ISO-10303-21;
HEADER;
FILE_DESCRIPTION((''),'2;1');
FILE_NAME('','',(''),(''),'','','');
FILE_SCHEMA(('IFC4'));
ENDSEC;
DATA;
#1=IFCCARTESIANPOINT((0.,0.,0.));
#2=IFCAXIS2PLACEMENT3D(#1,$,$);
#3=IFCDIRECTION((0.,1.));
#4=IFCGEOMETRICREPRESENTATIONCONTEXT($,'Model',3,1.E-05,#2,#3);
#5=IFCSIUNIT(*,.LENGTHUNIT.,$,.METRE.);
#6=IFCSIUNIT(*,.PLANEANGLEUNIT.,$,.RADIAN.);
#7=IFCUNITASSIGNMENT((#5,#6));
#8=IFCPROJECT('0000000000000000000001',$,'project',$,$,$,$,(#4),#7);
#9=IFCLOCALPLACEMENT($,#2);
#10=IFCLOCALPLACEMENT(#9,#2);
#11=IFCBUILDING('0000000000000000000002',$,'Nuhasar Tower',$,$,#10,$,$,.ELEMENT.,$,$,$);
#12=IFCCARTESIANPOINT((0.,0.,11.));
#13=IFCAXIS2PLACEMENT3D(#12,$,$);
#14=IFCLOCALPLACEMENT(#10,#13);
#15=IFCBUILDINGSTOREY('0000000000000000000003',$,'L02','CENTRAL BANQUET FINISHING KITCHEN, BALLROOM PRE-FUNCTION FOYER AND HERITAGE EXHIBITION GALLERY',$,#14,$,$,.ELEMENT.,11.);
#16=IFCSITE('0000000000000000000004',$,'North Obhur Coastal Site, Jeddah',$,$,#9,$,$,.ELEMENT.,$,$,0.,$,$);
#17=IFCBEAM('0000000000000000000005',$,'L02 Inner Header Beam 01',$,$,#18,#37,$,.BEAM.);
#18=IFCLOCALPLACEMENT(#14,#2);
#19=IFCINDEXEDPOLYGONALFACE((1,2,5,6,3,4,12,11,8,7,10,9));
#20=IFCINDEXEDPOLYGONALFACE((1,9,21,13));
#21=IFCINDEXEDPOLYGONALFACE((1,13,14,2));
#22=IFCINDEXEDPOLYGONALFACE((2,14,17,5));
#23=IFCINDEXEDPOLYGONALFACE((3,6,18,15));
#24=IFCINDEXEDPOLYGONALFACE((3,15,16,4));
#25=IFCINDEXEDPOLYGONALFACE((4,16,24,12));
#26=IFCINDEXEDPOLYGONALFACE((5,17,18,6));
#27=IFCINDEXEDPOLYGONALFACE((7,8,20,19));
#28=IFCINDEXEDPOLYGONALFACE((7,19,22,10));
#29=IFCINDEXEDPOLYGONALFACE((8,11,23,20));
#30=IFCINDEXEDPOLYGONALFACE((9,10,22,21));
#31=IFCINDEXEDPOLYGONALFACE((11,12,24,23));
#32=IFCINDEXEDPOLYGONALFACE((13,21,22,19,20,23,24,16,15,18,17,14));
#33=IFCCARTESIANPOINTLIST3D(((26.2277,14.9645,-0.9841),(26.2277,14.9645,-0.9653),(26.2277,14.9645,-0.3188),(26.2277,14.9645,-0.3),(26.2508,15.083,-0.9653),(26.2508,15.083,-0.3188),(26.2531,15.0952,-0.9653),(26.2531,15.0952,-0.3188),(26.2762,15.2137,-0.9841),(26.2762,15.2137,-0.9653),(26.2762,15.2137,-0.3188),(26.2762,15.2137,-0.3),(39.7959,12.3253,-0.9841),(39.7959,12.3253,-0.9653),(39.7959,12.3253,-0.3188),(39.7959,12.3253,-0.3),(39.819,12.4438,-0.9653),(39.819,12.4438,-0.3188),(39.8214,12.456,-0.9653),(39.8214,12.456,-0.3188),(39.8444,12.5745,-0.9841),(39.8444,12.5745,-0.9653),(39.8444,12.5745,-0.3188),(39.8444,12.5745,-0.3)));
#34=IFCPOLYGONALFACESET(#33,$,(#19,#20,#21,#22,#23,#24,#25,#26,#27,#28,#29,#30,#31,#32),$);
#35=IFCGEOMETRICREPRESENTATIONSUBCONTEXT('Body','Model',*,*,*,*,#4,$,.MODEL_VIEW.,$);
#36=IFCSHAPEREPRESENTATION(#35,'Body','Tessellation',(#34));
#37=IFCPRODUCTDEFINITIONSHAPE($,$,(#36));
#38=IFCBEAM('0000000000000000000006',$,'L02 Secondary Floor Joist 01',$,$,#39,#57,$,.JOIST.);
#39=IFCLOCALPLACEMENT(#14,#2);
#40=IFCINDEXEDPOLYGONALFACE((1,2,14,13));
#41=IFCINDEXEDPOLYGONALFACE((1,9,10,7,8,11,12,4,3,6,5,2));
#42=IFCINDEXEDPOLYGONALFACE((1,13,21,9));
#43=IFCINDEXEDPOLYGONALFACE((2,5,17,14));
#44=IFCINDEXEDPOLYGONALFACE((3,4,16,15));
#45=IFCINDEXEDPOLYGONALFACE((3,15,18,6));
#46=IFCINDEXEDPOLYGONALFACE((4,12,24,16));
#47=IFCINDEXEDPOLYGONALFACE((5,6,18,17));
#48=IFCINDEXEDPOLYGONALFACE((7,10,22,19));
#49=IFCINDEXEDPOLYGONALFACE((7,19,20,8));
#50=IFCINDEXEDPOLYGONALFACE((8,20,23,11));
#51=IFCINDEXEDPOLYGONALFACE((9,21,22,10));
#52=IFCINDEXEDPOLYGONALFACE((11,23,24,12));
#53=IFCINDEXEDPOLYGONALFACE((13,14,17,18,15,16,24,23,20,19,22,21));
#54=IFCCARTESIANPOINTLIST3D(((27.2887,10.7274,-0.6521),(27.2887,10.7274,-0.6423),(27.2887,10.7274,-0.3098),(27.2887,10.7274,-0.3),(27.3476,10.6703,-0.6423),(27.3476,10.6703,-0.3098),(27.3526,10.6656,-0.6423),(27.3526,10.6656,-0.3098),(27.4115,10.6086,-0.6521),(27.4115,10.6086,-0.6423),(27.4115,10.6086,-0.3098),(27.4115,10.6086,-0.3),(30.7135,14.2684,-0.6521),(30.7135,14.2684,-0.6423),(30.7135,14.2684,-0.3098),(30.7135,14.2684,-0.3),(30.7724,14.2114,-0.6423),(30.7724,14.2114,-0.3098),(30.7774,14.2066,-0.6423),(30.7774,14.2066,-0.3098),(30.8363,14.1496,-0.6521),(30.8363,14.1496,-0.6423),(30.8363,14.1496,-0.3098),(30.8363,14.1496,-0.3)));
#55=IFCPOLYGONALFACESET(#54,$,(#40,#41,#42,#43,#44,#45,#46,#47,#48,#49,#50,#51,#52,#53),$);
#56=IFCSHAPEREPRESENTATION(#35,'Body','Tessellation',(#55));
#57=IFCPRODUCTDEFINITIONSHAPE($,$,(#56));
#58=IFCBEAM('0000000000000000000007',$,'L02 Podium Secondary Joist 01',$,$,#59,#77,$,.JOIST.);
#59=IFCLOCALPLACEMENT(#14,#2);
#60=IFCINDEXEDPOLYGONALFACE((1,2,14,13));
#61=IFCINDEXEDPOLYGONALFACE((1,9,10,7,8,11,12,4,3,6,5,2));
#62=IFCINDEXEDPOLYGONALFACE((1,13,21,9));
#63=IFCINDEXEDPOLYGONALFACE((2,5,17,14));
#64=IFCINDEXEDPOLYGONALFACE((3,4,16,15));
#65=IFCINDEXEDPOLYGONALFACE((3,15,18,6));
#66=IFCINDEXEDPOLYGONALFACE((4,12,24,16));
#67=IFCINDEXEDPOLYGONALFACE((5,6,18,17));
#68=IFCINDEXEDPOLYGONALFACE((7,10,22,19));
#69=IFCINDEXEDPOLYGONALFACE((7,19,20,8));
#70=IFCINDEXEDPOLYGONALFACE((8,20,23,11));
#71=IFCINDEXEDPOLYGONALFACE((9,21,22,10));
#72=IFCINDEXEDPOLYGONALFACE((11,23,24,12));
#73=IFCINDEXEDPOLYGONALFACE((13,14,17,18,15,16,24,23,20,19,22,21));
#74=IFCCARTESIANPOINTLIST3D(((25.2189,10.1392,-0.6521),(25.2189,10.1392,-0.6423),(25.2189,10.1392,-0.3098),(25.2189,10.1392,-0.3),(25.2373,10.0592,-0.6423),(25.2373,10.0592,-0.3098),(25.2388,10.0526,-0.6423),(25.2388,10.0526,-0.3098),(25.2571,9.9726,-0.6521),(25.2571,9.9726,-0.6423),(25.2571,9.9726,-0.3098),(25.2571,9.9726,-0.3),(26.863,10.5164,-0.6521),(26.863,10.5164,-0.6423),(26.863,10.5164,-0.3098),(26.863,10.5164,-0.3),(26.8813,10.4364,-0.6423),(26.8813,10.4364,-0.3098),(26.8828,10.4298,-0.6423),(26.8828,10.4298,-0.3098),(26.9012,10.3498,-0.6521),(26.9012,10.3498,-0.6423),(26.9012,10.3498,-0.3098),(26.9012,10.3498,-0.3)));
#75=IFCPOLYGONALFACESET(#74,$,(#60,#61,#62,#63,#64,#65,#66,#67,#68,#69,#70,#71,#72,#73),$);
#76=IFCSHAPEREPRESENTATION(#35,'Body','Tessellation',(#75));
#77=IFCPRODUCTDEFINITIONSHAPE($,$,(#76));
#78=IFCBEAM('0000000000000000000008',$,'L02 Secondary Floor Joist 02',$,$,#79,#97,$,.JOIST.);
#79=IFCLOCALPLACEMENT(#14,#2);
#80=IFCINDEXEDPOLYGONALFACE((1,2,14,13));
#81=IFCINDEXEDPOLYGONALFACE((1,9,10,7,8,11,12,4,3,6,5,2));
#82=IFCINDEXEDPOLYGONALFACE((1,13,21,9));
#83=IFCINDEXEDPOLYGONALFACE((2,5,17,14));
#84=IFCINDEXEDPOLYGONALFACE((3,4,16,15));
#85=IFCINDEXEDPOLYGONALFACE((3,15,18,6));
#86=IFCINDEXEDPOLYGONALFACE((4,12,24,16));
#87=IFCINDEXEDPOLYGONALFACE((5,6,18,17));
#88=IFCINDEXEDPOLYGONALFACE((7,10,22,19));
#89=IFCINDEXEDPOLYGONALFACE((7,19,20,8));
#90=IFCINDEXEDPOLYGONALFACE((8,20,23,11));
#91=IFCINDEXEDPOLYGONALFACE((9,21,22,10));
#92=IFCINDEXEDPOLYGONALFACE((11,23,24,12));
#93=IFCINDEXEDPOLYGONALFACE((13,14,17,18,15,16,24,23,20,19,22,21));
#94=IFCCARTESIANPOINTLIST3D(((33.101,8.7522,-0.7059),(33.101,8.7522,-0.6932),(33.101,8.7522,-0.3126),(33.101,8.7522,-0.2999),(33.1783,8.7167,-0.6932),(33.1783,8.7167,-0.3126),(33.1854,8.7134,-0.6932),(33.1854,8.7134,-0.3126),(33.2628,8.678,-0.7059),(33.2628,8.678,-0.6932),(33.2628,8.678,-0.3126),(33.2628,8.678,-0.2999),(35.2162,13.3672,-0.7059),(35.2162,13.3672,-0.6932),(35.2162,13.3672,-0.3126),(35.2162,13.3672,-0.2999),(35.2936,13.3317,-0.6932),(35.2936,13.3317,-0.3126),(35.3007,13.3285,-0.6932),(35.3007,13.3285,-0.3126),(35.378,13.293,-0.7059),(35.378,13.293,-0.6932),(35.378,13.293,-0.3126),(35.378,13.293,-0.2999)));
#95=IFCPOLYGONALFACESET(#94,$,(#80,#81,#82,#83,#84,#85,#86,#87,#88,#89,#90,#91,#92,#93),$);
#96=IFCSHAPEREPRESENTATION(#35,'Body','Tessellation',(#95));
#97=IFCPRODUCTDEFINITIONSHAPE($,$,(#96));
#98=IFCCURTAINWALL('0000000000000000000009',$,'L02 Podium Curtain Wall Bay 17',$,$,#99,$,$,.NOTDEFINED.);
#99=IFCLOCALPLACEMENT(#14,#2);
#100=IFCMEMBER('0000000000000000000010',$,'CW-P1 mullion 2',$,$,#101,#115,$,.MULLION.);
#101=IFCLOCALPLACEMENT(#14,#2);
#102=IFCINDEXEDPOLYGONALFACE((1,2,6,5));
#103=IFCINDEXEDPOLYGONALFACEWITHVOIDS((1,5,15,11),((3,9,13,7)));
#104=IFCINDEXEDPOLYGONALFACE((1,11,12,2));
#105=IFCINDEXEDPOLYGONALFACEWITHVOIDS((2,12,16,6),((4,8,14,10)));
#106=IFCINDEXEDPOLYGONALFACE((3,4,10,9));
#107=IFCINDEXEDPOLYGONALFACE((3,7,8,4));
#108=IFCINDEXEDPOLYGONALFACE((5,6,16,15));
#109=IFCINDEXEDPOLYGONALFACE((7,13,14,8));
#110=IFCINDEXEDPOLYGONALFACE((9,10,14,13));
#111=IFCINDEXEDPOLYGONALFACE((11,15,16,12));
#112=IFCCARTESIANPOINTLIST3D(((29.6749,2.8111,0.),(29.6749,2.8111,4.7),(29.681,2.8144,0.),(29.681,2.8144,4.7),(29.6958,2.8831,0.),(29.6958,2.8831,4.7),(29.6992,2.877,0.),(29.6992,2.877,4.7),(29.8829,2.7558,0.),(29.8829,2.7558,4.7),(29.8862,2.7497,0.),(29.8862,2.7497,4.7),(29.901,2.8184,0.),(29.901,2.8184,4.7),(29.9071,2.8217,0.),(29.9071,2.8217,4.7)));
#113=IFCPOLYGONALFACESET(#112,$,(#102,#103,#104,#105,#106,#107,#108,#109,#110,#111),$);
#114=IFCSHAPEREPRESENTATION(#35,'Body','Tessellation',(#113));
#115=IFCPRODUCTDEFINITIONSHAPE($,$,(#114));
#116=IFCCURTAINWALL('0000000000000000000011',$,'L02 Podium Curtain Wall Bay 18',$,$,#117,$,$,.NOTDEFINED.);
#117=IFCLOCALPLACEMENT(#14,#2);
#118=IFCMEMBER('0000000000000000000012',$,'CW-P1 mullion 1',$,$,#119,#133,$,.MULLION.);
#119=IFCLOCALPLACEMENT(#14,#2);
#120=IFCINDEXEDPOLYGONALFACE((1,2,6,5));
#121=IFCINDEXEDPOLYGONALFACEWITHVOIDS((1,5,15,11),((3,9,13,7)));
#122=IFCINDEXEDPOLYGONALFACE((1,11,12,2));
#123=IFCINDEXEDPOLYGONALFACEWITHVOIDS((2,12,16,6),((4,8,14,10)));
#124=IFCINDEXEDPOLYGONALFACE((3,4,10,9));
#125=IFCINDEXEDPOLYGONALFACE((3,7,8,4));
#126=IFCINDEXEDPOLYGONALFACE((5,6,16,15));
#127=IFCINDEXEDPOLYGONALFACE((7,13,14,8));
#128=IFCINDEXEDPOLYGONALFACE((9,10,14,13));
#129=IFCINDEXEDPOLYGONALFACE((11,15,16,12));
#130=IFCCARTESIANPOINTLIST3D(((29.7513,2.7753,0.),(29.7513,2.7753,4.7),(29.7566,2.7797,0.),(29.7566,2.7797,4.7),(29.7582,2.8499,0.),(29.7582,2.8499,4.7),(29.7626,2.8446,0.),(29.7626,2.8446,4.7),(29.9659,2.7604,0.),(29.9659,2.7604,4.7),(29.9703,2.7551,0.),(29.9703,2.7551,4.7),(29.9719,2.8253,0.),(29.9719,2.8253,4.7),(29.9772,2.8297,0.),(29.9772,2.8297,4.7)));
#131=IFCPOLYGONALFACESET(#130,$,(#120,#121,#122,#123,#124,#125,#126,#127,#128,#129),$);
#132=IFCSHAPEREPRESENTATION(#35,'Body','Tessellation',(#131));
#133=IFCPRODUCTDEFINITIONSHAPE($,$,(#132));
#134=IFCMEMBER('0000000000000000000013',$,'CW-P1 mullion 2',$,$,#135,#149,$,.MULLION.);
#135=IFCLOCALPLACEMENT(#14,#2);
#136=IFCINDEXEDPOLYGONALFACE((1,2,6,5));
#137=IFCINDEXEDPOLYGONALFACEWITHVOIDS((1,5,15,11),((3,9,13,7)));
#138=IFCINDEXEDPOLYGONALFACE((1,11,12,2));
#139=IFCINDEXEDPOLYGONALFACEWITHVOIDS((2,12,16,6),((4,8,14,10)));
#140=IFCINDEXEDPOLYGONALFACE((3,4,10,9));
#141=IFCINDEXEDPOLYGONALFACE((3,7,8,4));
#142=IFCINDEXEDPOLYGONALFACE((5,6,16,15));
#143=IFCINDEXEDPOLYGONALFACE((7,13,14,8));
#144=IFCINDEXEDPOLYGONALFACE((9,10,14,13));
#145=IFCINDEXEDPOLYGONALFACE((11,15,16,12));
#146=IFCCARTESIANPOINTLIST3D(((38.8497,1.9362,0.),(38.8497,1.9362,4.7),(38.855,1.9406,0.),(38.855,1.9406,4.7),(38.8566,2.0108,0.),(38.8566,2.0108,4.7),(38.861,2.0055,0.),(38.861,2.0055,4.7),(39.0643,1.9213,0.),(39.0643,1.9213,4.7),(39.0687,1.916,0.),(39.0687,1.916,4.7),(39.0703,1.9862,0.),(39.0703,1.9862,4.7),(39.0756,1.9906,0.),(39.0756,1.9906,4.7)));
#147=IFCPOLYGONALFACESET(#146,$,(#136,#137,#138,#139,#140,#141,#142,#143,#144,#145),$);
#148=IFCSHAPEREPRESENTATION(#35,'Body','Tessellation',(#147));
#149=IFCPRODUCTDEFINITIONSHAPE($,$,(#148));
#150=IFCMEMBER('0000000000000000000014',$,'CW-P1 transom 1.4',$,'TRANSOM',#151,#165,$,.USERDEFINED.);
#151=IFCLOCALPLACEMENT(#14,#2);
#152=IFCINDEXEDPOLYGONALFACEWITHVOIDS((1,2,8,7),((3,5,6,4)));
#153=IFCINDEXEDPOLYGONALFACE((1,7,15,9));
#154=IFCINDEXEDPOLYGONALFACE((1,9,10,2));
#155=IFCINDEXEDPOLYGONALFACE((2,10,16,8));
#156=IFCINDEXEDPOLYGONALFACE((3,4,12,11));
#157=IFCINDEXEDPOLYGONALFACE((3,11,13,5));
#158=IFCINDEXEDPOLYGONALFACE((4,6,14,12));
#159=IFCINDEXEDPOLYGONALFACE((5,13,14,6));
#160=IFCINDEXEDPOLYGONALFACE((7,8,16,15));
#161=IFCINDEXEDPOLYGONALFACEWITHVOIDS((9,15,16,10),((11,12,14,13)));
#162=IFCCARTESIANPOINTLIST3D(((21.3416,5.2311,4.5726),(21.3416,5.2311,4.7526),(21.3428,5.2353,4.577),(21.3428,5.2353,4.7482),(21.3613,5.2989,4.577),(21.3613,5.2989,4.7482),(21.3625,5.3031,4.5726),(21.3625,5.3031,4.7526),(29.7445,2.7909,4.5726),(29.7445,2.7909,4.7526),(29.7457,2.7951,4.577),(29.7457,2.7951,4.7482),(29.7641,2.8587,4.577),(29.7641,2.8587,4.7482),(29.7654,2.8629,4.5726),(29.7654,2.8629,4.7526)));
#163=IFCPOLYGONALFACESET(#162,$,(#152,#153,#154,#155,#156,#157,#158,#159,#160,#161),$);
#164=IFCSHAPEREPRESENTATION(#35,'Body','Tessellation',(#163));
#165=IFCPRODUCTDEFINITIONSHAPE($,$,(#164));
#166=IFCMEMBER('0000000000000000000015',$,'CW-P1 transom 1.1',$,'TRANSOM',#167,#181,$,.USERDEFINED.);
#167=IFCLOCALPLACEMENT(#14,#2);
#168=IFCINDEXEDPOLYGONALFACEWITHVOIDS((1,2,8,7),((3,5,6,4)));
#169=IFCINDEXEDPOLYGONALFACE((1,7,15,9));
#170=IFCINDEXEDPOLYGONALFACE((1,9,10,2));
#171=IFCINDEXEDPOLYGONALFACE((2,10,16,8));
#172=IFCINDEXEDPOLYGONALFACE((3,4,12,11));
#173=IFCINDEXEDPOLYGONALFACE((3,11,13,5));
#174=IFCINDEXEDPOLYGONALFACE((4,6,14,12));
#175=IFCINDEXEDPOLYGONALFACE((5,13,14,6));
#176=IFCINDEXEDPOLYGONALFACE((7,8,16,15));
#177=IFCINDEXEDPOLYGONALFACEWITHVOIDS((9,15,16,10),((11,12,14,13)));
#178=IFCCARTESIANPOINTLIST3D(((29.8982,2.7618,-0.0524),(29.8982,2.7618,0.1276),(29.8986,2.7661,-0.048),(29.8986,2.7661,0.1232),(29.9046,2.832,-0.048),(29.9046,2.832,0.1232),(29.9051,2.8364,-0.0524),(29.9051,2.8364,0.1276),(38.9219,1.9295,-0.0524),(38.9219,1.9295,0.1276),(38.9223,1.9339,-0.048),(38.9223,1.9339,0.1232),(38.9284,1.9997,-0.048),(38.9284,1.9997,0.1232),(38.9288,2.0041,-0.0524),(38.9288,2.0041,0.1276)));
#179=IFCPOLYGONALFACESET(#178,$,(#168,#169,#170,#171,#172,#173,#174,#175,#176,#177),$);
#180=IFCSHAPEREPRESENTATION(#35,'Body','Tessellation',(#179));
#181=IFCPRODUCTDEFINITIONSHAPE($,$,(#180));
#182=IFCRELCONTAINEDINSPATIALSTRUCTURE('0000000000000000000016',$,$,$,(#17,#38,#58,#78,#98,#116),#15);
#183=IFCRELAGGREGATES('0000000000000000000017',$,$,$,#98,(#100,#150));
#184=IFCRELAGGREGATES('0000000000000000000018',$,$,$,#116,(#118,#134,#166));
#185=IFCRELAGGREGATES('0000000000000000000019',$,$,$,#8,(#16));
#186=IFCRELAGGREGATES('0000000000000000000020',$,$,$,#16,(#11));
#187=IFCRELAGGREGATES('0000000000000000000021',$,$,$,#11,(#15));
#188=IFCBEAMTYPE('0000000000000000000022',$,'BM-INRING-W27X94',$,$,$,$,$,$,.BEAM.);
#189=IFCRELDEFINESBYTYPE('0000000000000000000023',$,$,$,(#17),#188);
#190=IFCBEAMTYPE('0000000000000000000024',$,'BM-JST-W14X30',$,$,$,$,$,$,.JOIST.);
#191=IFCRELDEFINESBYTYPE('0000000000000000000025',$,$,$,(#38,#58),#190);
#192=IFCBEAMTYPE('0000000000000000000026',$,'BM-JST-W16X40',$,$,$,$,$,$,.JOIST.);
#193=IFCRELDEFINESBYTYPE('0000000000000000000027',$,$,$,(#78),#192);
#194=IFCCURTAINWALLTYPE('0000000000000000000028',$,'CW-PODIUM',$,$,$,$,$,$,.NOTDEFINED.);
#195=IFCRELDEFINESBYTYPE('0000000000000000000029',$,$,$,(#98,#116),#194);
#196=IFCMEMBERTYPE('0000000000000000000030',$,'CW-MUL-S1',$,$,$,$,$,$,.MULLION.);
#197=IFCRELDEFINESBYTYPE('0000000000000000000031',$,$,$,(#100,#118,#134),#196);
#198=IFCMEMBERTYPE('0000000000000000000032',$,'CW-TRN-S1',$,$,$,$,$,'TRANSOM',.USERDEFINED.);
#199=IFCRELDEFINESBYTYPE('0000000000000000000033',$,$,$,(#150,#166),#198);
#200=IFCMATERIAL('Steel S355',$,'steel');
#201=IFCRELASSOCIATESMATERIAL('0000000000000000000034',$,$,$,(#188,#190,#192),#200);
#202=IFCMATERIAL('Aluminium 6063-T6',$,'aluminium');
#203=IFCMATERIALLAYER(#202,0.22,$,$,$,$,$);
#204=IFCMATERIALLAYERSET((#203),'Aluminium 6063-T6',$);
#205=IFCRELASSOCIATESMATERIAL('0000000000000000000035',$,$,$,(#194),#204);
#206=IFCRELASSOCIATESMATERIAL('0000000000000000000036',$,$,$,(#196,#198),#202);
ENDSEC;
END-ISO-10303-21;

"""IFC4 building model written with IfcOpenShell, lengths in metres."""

from ifc_helpers import new_model, si_unit, direction, frame, origin, origin_2d, place, context, subcontext, project, spatial, hollow_rectangle, i_section, extrude, material, layer, layer_set, material_profile, profile_set, type_object, element, aggregate, save


model = new_model("IFC4")

# Units and contexts
model_context = context("Model", 3, precision=1e-05, world=origin(), true_north=direction((0.0, 1.0)))
body_context = subcontext(model_context, "Body", "Model", "MODEL_VIEW")
ifc_project = project(units=[si_unit("LENGTHUNIT", "METRE"), si_unit("PLANEANGLEUNIT", "RADIAN")], contexts=[model_context])

# Site, building, storey
site_placement = place(None, origin())
site = spatial("IfcSite", under=ifc_project, at=site_placement, Name="North Obhur Coastal Site, Jeddah", CompositionType="ELEMENT", RefElevation=0.0)
building_placement = place(site_placement, origin())
building = spatial("IfcBuilding", under=site, at=building_placement, Name="Nuhasar Tower", CompositionType="ELEMENT")
storey_placement = place(building_placement, frame((0.0, 0.0, 11.0)))
storey = spatial("IfcBuildingStorey", under=building, at=storey_placement, Name="L02", Description="CENTRAL BANQUET FINISHING KITCHEN, BALLROOM PRE-FUNCTION FOYER AND HERITAGE EXHIBITION GALLERY", CompositionType="ELEMENT", Elevation=11.0)

# Beams
ifc_material_1 = material(Name="Steel S355", Category="steel")
ifc_material_profile_1 = material_profile(ifc_material_1, i_section(OverallWidth=0.2539, OverallDepth=0.6841, WebThickness=0.0125, FlangeThickness=0.0188, at=origin_2d()), Name="W27X94")
ifc_profile_set_1 = profile_set([ifc_material_profile_1], Name="Steel S355")
beam_type_1 = type_object("IfcBeamType", Name="BM-INRING-W27X94", PredefinedType="BEAM", material=ifc_profile_set_1)
beam_1_placement = place(storey_placement, frame((26.252, 15.0891, -0.6421), z_axis=(0.981603, -0.190933, 0.0), x_axis=(0.190933, 0.981603, 0.0)))
element("IfcBeam", 1, at=beam_1_placement, inside=storey, type_object=beam_type_1, Name="L02 Inner Header Beam 01", PredefinedType="BEAM", context=body_context, shape_type="SweptSolid", body=[
    extrude(i_section(OverallWidth=0.2539, OverallDepth=0.6841, WebThickness=0.0125, FlangeThickness=0.0188, at=origin_2d()), origin(), (0.0, 0.0, 1.0), 13.8225),
])
ifc_material_profile_2 = material_profile(ifc_material_1, i_section(OverallWidth=0.1709, OverallDepth=0.3521, WebThickness=0.0068, FlangeThickness=0.0098, at=origin_2d()), Name="W14X30")
ifc_profile_set_2 = profile_set([ifc_material_profile_2], Name="Steel S355")
beam_type_2 = type_object("IfcBeamType", Name="BM-JST-W14X30", PredefinedType="JOIST", material=ifc_profile_set_2)
beam_2_placement = place(storey_placement, frame((30.7749, 14.209, -0.4761), z_axis=(-0.695213, -0.718803, 0.0), x_axis=(0.718803, -0.695213, 0.0)))
element("IfcBeam", 2, at=beam_2_placement, inside=storey, type_object=beam_type_2, Name="L02 Secondary Floor Joist 01", PredefinedType="JOIST", context=body_context, shape_type="SweptSolid", body=[
    extrude(i_section(OverallWidth=0.1709, OverallDepth=0.3521, WebThickness=0.0068, FlangeThickness=0.0098, at=origin_2d()), origin(), (0.0, 0.0, 1.0), 4.9263),
])
beam_3_placement = place(storey_placement, frame((26.8821, 10.4331, -0.4761), z_axis=(-0.974676, -0.223623, 0.0), x_axis=(0.223623, -0.974676, 0.0)))
element("IfcBeam", 3, at=beam_3_placement, inside=storey, type_object=beam_type_2, Name="L02 Podium Secondary Joist 01", PredefinedType="JOIST", context=body_context, shape_type="SweptSolid", body=[
    extrude(i_section(OverallWidth=0.1709, OverallDepth=0.3521, WebThickness=0.0068, FlangeThickness=0.0098, at=origin_2d()), origin(), (0.0, 0.0, 1.0), 1.6868),
])
ifc_material_profile_3 = material_profile(ifc_material_1, i_section(OverallWidth=0.178, OverallDepth=0.406, WebThickness=0.0078, FlangeThickness=0.0127, at=origin_2d()), Name="W16X40")
ifc_profile_set_3 = profile_set([ifc_material_profile_3], Name="Steel S355")
beam_type_3 = type_object("IfcBeamType", Name="BM-JST-W16X40", PredefinedType="JOIST", material=ifc_profile_set_3)
beam_4_placement = place(storey_placement, frame((35.2971, 13.3301, -0.5029), z_axis=(-0.41666, -0.909063, 0.0), x_axis=(0.909063, -0.41666, 0.0)))
element("IfcBeam", 4, at=beam_4_placement, inside=storey, type_object=beam_type_3, Name="L02 Secondary Floor Joist 02", PredefinedType="JOIST", context=body_context, shape_type="SweptSolid", body=[
    extrude(i_section(OverallWidth=0.178, OverallDepth=0.406, WebThickness=0.0078, FlangeThickness=0.0127, at=origin_2d()), origin(), (0.0, 0.0, 1.0), 5.0767),
])

# Curtain wall, member
ifc_material_2 = material(Name="Aluminium 6063-T6", Category="aluminium")
ifc_layer_1 = layer(ifc_material_2, 0.22)
ifc_layer_set_1 = layer_set([ifc_layer_1], Name="Aluminium 6063-T6")
curtain_wall_type = type_object("IfcCurtainWallType", Name="CW-PODIUM", PredefinedType="NOTDEFINED", material=ifc_layer_set_1)
curtain_wall_1_placement = place(storey_placement, origin())
curtain_wall_1 = element("IfcCurtainWall", 5, at=curtain_wall_1_placement, inside=storey, type_object=curtain_wall_type, Name="L02 Podium Curtain Wall Bay 17", PredefinedType="NOTDEFINED")
ifc_material_profile_4 = material_profile(ifc_material_2, hollow_rectangle(XDim=0.075, YDim=0.22, WallThickness=0.0049, at=origin_2d()), Name="CWM-1")
ifc_profile_set_4 = profile_set([ifc_material_profile_4], Name="Aluminium 6063-T6")
member_type_1 = type_object("IfcMemberType", Name="CW-MUL-S1", PredefinedType="MULLION", material=ifc_profile_set_4)
member_1_placement = place(storey_placement, frame((29.791, 2.8164, 0.0), z_axis=(0.0, 0.0, 1.0), x_axis=(0.278874, 0.960328, 0.0)))
member_1 = element("IfcMember", 6, at=member_1_placement, type_object=member_type_1, Name="CW-P1 mullion 2", PredefinedType="MULLION", context=body_context, shape_type="SweptSolid", body=[
    extrude(hollow_rectangle(XDim=0.075, YDim=0.22, WallThickness=0.0049, at=origin_2d()), origin(), (0.0, 0.0, 1.0), 4.7),
])

# Curtain wall, members
curtain_wall_2_placement = place(storey_placement, origin())
curtain_wall_2 = element("IfcCurtainWall", 7, at=curtain_wall_2_placement, inside=storey, type_object=curtain_wall_type, Name="L02 Podium Curtain Wall Bay 18", PredefinedType="NOTDEFINED")
member_2_placement = place(storey_placement, frame((29.8643, 2.8025, 0.0), z_axis=(0.0, 0.0, 1.0), x_axis=(0.091837, 0.995774, 0.0)))
member_2 = element("IfcMember", 8, at=member_2_placement, type_object=member_type_1, Name="CW-P1 mullion 1", PredefinedType="MULLION", context=body_context, shape_type="SweptSolid", body=[
    extrude(hollow_rectangle(XDim=0.075, YDim=0.22, WallThickness=0.0049, at=origin_2d()), origin(), (0.0, 0.0, 1.0), 4.7),
])
member_3_placement = place(storey_placement, frame((38.9626, 1.9634, 0.0), z_axis=(0.0, 0.0, 1.0), x_axis=(0.091837, 0.995774, 0.0)))
member_3 = element("IfcMember", 9, at=member_3_placement, type_object=member_type_1, Name="CW-P1 mullion 2", PredefinedType="MULLION", context=body_context, shape_type="SweptSolid", body=[
    extrude(hollow_rectangle(XDim=0.075, YDim=0.22, WallThickness=0.0049, at=origin_2d()), origin(), (0.0, 0.0, 1.0), 4.7),
])

# Members
ifc_material_profile_5 = material_profile(ifc_material_2, hollow_rectangle(XDim=0.075, YDim=0.1799, WallThickness=0.0044, at=origin_2d()), Name="CWT-1")
ifc_profile_set_5 = profile_set([ifc_material_profile_5], Name="Aluminium 6063-T6")
member_type_2 = type_object("IfcMemberType", Name="CW-TRN-S1", ElementType="TRANSOM", PredefinedType="USERDEFINED", material=ifc_profile_set_5)
member_4_placement = place(storey_placement, frame((21.3521, 5.2671, 4.6626), z_axis=(0.960326, -0.278879, 0.0), x_axis=(0.278879, 0.960326, 0.0)))
member_4 = element("IfcMember", 10, at=member_4_placement, type_object=member_type_2, Name="CW-P1 transom 1.4", ObjectType="TRANSOM", PredefinedType="USERDEFINED", context=body_context, shape_type="SweptSolid", body=[
    extrude(hollow_rectangle(XDim=0.075, YDim=0.1799, WallThickness=0.0044, at=origin_2d()), origin(), (0.0, 0.0, 1.0), 8.75),
])
member_5_placement = place(storey_placement, frame((29.9016, 2.7991, 0.0376), z_axis=(0.995774, -0.091843, 0.0), x_axis=(0.091843, 0.995774, 0.0)))
member_5 = element("IfcMember", 11, at=member_5_placement, type_object=member_type_2, Name="CW-P1 transom 1.1", ObjectType="TRANSOM", PredefinedType="USERDEFINED", context=body_context, shape_type="SweptSolid", body=[
    extrude(hollow_rectangle(XDim=0.075, YDim=0.1799, WallThickness=0.0044, at=origin_2d()), origin(), (0.0, 0.0, 1.0), 9.062),
])

aggregate(curtain_wall_1, [member_1, member_4])
aggregate(curtain_wall_2, [member_2, member_3, member_5])

save(model, "model.ifc")
